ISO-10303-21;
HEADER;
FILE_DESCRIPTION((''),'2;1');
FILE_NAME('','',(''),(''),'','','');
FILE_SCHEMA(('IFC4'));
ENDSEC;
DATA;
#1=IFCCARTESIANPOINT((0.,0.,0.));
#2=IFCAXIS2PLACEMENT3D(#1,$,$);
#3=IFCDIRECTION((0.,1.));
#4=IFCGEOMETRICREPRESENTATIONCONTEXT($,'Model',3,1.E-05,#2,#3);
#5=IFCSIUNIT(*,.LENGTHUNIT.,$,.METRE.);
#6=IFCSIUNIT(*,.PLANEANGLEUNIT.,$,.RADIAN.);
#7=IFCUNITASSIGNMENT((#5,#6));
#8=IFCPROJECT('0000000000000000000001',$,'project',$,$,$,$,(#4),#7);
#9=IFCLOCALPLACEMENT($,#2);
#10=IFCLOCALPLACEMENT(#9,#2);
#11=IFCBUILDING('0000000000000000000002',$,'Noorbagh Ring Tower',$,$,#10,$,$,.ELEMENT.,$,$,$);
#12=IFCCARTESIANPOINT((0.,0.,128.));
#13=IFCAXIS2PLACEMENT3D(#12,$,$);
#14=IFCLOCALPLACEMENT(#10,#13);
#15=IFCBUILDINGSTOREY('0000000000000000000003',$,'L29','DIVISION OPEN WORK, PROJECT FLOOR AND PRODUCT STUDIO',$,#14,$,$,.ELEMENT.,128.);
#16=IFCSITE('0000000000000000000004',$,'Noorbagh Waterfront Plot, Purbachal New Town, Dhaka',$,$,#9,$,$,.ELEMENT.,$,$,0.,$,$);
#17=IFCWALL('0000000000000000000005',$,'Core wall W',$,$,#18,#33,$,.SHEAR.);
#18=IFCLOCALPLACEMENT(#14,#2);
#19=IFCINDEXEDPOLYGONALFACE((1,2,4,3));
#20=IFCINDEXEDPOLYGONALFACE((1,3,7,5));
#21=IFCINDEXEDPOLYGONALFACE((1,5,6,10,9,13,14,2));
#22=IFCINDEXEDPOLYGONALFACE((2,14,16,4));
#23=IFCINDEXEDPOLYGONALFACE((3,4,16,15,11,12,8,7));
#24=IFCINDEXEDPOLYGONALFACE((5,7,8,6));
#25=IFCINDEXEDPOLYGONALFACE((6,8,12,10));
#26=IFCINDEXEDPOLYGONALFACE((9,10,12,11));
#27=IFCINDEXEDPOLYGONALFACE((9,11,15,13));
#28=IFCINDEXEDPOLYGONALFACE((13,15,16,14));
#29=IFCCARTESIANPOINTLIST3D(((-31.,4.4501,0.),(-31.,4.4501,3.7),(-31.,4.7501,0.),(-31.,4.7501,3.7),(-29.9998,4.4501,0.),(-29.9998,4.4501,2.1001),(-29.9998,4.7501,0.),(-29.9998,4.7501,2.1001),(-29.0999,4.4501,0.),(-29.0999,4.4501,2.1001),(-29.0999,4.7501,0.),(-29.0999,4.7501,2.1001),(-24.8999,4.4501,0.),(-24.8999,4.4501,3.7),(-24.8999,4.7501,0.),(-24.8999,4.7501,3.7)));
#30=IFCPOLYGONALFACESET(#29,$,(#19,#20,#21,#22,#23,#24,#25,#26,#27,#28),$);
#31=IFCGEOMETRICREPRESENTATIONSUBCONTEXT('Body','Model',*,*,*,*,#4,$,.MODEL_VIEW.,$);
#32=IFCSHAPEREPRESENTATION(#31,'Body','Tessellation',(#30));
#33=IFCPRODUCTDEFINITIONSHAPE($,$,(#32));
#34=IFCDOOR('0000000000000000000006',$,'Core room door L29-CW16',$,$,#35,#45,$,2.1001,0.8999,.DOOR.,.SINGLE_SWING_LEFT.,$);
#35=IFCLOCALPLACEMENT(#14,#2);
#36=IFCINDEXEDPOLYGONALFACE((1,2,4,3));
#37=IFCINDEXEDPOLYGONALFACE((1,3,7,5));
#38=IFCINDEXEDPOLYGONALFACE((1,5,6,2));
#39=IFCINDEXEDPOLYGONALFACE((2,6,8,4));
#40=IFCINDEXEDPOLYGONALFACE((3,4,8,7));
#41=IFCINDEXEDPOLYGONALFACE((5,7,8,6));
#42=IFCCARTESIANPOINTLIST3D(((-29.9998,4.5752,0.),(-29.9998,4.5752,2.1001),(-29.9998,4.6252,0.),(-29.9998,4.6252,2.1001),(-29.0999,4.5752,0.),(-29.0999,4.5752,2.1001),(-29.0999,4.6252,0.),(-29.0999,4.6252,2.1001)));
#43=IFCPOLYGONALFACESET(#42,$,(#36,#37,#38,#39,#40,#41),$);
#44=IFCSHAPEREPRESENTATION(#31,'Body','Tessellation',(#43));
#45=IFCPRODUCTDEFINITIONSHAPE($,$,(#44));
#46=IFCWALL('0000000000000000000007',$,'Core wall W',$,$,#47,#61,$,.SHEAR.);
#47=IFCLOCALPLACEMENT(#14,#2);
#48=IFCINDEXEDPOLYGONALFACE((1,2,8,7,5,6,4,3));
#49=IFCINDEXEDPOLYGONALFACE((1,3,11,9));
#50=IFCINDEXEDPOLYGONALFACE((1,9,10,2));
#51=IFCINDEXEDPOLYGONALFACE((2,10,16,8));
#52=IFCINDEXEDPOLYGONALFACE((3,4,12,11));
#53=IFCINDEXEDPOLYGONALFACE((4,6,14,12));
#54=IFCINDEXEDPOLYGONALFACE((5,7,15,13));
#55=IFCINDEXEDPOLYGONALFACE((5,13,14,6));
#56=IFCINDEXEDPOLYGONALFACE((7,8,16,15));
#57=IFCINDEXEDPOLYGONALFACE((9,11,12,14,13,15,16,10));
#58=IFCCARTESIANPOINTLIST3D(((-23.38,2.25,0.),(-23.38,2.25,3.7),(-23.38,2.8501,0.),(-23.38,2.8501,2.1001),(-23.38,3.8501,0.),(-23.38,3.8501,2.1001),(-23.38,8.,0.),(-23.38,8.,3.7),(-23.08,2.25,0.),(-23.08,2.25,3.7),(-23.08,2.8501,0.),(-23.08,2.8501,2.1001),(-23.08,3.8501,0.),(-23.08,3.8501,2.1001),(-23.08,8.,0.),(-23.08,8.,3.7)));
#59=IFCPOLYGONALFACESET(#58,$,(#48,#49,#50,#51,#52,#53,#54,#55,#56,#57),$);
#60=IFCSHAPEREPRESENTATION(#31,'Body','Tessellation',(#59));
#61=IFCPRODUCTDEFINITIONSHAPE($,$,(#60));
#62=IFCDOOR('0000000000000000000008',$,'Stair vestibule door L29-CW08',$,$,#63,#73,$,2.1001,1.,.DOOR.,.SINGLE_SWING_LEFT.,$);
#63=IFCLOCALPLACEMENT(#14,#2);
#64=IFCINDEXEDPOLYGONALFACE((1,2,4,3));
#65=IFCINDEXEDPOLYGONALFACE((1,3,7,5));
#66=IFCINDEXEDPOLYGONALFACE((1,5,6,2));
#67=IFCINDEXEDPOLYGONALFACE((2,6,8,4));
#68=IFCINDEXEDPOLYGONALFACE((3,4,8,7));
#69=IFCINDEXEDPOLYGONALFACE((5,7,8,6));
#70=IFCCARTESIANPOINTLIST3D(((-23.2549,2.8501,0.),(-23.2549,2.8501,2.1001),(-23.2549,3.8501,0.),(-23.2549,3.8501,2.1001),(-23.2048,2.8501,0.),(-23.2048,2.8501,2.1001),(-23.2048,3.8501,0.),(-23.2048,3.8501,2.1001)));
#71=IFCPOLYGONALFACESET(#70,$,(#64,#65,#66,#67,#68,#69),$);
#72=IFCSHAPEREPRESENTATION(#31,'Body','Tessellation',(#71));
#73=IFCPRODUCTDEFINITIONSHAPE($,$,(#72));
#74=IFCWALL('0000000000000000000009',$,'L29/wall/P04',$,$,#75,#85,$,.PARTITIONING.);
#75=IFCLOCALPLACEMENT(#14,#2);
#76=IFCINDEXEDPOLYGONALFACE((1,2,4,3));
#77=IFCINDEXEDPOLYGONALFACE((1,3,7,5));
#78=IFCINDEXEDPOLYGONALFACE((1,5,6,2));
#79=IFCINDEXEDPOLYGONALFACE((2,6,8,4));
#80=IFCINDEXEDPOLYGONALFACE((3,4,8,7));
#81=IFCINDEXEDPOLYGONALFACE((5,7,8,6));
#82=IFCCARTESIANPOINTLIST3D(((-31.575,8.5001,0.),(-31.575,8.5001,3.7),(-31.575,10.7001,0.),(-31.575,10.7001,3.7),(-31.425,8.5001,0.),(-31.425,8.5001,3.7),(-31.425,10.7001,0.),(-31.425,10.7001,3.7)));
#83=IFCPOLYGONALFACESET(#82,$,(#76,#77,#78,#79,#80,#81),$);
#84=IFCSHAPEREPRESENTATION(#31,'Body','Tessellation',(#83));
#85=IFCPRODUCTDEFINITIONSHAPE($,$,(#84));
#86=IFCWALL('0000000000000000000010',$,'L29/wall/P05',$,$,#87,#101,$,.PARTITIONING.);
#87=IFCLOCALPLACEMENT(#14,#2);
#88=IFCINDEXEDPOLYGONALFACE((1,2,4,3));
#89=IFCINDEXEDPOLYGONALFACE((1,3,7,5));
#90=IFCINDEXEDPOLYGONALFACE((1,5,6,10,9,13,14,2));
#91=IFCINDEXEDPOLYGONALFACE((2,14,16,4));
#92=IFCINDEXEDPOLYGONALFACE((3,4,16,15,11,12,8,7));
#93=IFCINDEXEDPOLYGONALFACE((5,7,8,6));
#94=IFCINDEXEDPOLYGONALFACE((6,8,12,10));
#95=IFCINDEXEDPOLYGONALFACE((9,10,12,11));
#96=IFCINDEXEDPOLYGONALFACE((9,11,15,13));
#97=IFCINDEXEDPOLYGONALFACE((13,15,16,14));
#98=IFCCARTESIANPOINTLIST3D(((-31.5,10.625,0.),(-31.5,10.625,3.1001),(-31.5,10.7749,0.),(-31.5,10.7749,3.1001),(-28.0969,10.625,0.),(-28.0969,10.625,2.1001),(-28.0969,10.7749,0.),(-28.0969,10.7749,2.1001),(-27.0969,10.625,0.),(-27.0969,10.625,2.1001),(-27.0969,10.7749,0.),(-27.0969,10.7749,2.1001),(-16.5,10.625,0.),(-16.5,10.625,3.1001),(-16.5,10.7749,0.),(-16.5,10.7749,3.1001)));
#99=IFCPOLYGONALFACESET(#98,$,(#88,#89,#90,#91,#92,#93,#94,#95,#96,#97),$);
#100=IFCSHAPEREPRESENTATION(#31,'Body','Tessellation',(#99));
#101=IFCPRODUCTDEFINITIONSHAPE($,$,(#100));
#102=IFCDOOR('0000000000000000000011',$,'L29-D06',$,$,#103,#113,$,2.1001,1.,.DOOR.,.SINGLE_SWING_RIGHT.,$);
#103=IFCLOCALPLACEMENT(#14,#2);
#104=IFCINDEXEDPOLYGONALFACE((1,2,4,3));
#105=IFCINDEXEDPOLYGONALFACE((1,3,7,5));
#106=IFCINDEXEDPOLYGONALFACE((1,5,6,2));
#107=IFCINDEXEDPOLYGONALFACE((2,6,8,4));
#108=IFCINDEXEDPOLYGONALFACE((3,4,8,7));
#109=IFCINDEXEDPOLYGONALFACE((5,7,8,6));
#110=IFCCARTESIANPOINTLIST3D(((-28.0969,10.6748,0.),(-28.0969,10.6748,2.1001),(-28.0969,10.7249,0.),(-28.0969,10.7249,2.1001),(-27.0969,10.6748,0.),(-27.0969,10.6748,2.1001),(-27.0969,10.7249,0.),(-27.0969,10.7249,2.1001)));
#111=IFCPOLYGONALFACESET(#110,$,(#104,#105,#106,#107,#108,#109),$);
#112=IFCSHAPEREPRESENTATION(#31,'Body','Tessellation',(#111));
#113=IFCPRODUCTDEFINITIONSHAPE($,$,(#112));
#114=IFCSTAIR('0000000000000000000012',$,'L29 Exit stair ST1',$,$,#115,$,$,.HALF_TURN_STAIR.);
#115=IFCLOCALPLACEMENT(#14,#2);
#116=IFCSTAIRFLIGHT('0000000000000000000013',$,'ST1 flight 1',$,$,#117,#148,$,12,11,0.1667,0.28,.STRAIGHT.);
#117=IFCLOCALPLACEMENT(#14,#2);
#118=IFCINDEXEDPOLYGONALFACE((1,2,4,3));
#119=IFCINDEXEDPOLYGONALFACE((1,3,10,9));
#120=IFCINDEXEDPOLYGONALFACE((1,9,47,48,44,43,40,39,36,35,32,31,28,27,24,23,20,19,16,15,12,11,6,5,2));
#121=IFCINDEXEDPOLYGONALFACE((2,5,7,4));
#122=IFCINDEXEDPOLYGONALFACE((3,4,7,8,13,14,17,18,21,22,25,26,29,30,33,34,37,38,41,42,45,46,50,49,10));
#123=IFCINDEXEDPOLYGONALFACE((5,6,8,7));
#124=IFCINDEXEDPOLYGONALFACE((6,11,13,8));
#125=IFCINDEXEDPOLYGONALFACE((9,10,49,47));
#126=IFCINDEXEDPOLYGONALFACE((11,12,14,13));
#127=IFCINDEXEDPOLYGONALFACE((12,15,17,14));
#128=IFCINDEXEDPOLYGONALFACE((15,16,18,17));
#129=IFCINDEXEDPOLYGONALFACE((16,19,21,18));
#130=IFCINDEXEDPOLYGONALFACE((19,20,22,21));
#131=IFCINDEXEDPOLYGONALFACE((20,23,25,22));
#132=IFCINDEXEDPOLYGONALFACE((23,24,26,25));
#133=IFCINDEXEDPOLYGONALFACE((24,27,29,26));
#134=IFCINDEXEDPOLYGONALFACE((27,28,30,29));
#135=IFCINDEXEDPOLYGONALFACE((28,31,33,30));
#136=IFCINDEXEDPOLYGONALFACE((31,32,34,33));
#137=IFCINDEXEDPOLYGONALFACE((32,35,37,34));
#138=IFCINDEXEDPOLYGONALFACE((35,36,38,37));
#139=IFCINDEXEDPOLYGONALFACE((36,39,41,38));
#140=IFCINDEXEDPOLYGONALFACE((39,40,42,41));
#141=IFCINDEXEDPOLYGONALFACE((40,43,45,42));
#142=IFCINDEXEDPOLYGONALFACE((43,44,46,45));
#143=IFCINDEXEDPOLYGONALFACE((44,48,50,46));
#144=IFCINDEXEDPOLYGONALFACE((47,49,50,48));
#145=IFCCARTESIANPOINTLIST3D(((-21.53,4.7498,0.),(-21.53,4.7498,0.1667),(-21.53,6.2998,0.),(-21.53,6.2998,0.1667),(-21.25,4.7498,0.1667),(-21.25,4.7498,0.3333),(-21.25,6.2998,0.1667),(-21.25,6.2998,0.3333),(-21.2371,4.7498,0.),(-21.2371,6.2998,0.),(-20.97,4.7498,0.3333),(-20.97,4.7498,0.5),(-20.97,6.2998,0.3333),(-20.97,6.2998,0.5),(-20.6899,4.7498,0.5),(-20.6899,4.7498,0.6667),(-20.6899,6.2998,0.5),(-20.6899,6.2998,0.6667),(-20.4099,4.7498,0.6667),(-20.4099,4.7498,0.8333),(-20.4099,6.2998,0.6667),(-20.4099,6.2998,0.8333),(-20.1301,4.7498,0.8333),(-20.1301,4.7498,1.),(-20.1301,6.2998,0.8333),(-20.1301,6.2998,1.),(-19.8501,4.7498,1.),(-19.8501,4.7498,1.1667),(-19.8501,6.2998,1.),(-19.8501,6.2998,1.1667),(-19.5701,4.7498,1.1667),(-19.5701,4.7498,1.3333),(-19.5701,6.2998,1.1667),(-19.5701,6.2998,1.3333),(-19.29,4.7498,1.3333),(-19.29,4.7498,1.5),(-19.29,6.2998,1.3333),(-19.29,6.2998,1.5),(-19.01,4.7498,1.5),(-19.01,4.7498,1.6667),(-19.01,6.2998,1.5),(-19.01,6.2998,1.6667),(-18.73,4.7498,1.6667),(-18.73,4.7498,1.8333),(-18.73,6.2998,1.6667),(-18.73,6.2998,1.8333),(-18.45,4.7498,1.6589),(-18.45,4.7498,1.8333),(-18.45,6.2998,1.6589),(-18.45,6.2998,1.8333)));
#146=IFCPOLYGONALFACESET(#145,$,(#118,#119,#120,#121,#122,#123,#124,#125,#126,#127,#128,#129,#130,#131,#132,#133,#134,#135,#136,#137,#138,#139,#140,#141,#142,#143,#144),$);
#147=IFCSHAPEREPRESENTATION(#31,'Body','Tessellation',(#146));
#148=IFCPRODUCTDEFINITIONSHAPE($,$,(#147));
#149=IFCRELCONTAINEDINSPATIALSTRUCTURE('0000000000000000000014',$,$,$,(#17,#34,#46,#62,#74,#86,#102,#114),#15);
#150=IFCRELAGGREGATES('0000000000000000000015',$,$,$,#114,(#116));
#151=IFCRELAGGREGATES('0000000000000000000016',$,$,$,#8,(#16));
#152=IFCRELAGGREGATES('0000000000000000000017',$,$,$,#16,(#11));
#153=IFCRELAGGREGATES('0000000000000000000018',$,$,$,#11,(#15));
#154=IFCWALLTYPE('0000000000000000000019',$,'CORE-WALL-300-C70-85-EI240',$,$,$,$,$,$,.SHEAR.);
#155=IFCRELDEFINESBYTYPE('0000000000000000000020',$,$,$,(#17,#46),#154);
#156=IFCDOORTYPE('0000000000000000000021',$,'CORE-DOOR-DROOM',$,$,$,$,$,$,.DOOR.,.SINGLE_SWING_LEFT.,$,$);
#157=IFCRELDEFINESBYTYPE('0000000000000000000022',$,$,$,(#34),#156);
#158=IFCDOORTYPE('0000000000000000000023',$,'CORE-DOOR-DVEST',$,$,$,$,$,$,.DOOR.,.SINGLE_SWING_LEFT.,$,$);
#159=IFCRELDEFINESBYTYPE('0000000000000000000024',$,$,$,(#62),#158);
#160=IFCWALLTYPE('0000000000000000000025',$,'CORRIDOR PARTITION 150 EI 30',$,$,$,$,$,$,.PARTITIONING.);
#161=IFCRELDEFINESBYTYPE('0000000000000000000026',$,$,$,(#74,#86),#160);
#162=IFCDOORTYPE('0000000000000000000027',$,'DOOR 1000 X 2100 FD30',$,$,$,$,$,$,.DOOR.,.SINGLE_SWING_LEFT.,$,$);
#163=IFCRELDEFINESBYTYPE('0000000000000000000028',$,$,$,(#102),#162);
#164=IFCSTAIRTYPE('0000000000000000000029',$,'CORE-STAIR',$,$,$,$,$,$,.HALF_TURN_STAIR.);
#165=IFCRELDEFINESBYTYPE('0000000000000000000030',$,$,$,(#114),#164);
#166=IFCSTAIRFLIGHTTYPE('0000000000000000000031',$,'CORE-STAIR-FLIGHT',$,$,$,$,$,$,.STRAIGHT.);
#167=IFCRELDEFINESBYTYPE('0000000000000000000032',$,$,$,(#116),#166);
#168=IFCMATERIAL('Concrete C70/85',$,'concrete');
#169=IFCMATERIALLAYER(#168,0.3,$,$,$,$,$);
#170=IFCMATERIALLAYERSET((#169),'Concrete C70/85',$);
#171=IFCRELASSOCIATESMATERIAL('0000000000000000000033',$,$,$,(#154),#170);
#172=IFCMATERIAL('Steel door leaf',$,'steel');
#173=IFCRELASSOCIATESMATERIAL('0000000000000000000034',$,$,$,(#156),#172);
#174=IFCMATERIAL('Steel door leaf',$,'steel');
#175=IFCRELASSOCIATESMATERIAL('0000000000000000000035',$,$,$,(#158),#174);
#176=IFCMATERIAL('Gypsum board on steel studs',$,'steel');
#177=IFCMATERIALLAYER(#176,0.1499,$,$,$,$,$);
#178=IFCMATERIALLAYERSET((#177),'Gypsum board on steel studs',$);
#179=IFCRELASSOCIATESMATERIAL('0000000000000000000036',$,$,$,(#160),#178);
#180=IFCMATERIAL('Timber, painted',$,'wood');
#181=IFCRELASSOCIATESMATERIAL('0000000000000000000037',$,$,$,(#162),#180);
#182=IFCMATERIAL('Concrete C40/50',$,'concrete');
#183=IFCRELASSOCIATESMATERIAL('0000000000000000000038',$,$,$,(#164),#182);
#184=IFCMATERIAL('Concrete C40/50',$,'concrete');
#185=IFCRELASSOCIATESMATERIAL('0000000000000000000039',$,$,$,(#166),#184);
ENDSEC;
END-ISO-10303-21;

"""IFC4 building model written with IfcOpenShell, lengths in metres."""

from ifc_helpers import new_model, si_unit, direction, frame, frame_2d, origin, place, context, subcontext, project, spatial, polyline, rectangle, outline, extrude, material, layer, layer_set, type_object, element, fill, aggregate, save


model = new_model("IFC4")

# Units and contexts
model_context = context("Model", 3, precision=1e-05, world=origin(), true_north=direction((0.0, 1.0)))
body_context = subcontext(model_context, "Body", "Model", "MODEL_VIEW")
ifc_project = project(units=[si_unit("LENGTHUNIT", "METRE"), si_unit("PLANEANGLEUNIT", "RADIAN")], contexts=[model_context])

# Site, building, storey
site_placement = place(None, origin())
site = spatial("IfcSite", under=ifc_project, at=site_placement, Name="Noorbagh Waterfront Plot, Purbachal New Town, Dhaka", CompositionType="ELEMENT", RefElevation=0.0)
building_placement = place(site_placement, origin())
building = spatial("IfcBuilding", under=site, at=building_placement, Name="Noorbagh Ring Tower", CompositionType="ELEMENT")
storey_placement = place(building_placement, frame((0.0, 0.0, 128.0)))
storey = spatial("IfcBuildingStorey", under=building, at=storey_placement, Name="L29", Description="DIVISION OPEN WORK, PROJECT FLOOR AND PRODUCT STUDIO", CompositionType="ELEMENT", Elevation=128.0)

# Walls, openings, doors
ifc_material_1 = material(Name="Concrete C70/85", Category="concrete")
ifc_layer_1 = layer(ifc_material_1, 0.3)
ifc_layer_set_1 = layer_set([ifc_layer_1], Name="Concrete C70/85")
wall_type_1 = type_object("IfcWallType", Name="CORE-WALL-300-C70-85-EI240", PredefinedType="SHEAR", material=ifc_layer_set_1)
wall_1_placement = place(storey_placement, frame((-24.8999, 4.6001, 0.0), z_axis=(0.0, 0.0, 1.0), x_axis=(-1.0, 0.0, 0.0)))
wall_1 = element("IfcWall", 1, at=wall_1_placement, inside=storey, type_object=wall_type_1, Name="Core wall W", PredefinedType="SHEAR", context=body_context, shape_type="SweptSolid", body=[
    extrude(rectangle(XDim=6.1001, YDim=0.3, at=frame_2d((3.05, 0.0))), origin(), (0.0, 0.0, 1.0), 3.7),
])
opening_1_placement = place(wall_1_placement, frame((4.2, 0.0, 0.0)))
opening_1 = element("IfcOpeningElement", 2, at=opening_1_placement, cuts=wall_1, PredefinedType="OPENING", context=body_context, shape_type="SweptSolid", body=[
    extrude(rectangle(XDim=0.8999, YDim=2.1001, at=frame_2d((0.45, 1.05))), frame((0.0, 0.1602, 0.0), z_axis=(0.0, -1.0, 0.0), x_axis=(1.0, 0.0, 0.0)), (0.0, 0.0, 1.0), 0.3201),
])
ifc_material_2 = material(Name="Steel door leaf", Category="steel")
door_type_1 = type_object("IfcDoorType", Name="CORE-DOOR-DROOM", OperationType="SINGLE_SWING_LEFT", PredefinedType="DOOR", material=ifc_material_2)
door_1_placement = place(opening_1_placement, origin())
door_1 = element("IfcDoor", 3, at=door_1_placement, inside=storey, type_object=door_type_1, Name="Core room door L29-CW16", OperationType="SINGLE_SWING_LEFT", OverallHeight=2.1001, OverallWidth=0.8999, PredefinedType="DOOR", context=body_context, shape_type="SweptSolid", body=[
    extrude(rectangle(XDim=0.8999, YDim=2.1001, at=frame_2d((0.45, 1.05))), frame((0.0, 0.0249, 0.0), z_axis=(0.0, -1.0, 0.0), x_axis=(1.0, 0.0, 0.0)), (0.0, 0.0, 1.0), 0.05),
])
fill(opening_1, door_1)
wall_2_placement = place(storey_placement, frame((-23.23, 2.25, 0.0), z_axis=(0.0, 0.0, 1.0), x_axis=(0.0, 1.0, 0.0)))
wall_2 = element("IfcWall", 4, at=wall_2_placement, inside=storey, type_object=wall_type_1, Name="Core wall W", PredefinedType="SHEAR", context=body_context, shape_type="SweptSolid", body=[
    extrude(rectangle(XDim=5.75, YDim=0.3, at=frame_2d((2.875, 0.0))), origin(), (0.0, 0.0, 1.0), 3.7),
])
opening_2_placement = place(wall_2_placement, frame((0.6001, 0.0, 0.0)))
opening_2 = element("IfcOpeningElement", 5, at=opening_2_placement, cuts=wall_2, PredefinedType="OPENING", context=body_context, shape_type="SweptSolid", body=[
    extrude(rectangle(XDim=1.0, YDim=2.1001, at=frame_2d((0.5, 1.05))), frame((0.0, 0.1602, 0.0), z_axis=(0.0, -1.0, 0.0), x_axis=(1.0, 0.0, 0.0)), (0.0, 0.0, 1.0), 0.3201),
])
ifc_material_3 = material(Name="Steel door leaf", Category="steel")
door_type_2 = type_object("IfcDoorType", Name="CORE-DOOR-DVEST", OperationType="SINGLE_SWING_LEFT", PredefinedType="DOOR", material=ifc_material_3)
door_2_placement = place(opening_2_placement, origin())
door_2 = element("IfcDoor", 6, at=door_2_placement, inside=storey, type_object=door_type_2, Name="Stair vestibule door L29-CW08", OperationType="SINGLE_SWING_LEFT", OverallHeight=2.1001, OverallWidth=1.0, PredefinedType="DOOR", context=body_context, shape_type="SweptSolid", body=[
    extrude(rectangle(XDim=1.0, YDim=2.1001, at=frame_2d((0.5, 1.05))), frame((0.0, 0.0249, 0.0), z_axis=(0.0, -1.0, 0.0), x_axis=(1.0, 0.0, 0.0)), (0.0, 0.0, 1.0), 0.05),
])
fill(opening_2, door_2)

# Wall
ifc_material_4 = material(Name="Gypsum board on steel studs", Category="steel")
ifc_layer_2 = layer(ifc_material_4, 0.1499)
ifc_layer_set_2 = layer_set([ifc_layer_2], Name="Gypsum board on steel studs")
wall_type_2 = type_object("IfcWallType", Name="CORRIDOR PARTITION 150 EI 30", PredefinedType="PARTITIONING", material=ifc_layer_set_2)
wall_3_placement = place(storey_placement, frame((-31.5, 8.5, 0.0), z_axis=(0.0, 0.0, 1.0), x_axis=(0.0, 1.0, 0.0)))
element("IfcWall", 7, at=wall_3_placement, inside=storey, type_object=wall_type_2, Name="L29/wall/P04", PredefinedType="PARTITIONING", context=body_context, shape_type="SweptSolid", body=[
    extrude(rectangle(XDim=2.2, YDim=0.1499, at=frame_2d((1.1001, 0.0))), origin(), (0.0, 0.0, 1.0), 3.7),
])

# Wall, opening, door
wall_4_placement = place(storey_placement, frame((-31.5, 10.7, 0.0), z_axis=(0.0, 0.0, 1.0), x_axis=(1.0, 0.0, 0.0)))
wall_4 = element("IfcWall", 8, at=wall_4_placement, inside=storey, type_object=wall_type_2, Name="L29/wall/P05", PredefinedType="PARTITIONING", context=body_context, shape_type="SweptSolid", body=[
    extrude(rectangle(XDim=15.0, YDim=0.1499, at=frame_2d((7.5, 0.0))), origin(), (0.0, 0.0, 1.0), 3.1001),
])
opening_3_placement = place(wall_4_placement, frame((3.4031, 0.0, 0.0)))
opening_3 = element("IfcOpeningElement", 9, at=opening_3_placement, cuts=wall_4, PredefinedType="OPENING", context=body_context, shape_type="SweptSolid", body=[
    extrude(rectangle(XDim=1.0, YDim=2.1001, at=frame_2d((0.5, 1.05))), frame((0.0, 0.085, 0.0), z_axis=(0.0, -1.0, 0.0), x_axis=(1.0, 0.0, 0.0)), (0.0, 0.0, 1.0), 0.1699),
])
ifc_material_5 = material(Name="Timber, painted", Category="wood")
door_type_3 = type_object("IfcDoorType", Name="DOOR 1000 X 2100 FD30", OperationType="SINGLE_SWING_LEFT", PredefinedType="DOOR", material=ifc_material_5)
door_3_placement = place(opening_3_placement, origin())
door_3 = element("IfcDoor", 10, at=door_3_placement, inside=storey, type_object=door_type_3, Name="L29-D06", OperationType="SINGLE_SWING_RIGHT", OverallHeight=2.1001, OverallWidth=1.0, PredefinedType="DOOR", context=body_context, shape_type="SweptSolid", body=[
    extrude(rectangle(XDim=1.0, YDim=2.1001, at=frame_2d((0.5, 1.05))), frame((0.0, 0.0249, 0.0), z_axis=(0.0, -1.0, 0.0), x_axis=(1.0, 0.0, 0.0)), (0.0, 0.0, 1.0), 0.05),
])
fill(opening_3, door_3)

# Stair, stair flight
ifc_material_6 = material(Name="Concrete C40/50", Category="concrete")
stair_type = type_object("IfcStairType", Name="CORE-STAIR", PredefinedType="HALF_TURN_STAIR", material=ifc_material_6)
stair_placement = place(storey_placement, origin())
stair = element("IfcStair", 11, at=stair_placement, inside=storey, type_object=stair_type, Name="L29 Exit stair ST1", PredefinedType="HALF_TURN_STAIR")
ifc_material_7 = material(Name="Concrete C40/50", Category="concrete")
stair_flight_type = type_object("IfcStairFlightType", Name="CORE-STAIR-FLIGHT", PredefinedType="STRAIGHT", material=ifc_material_7)
stair_flight_1_placement = place(storey_placement, frame((-21.53, 5.5249, 0.0), z_axis=(0.0, 0.0, 1.0), x_axis=(1.0, 0.0, 0.0)))
stair_flight_1 = element("IfcStairFlight", 12, at=stair_flight_1_placement, type_object=stair_flight_type, Name="ST1 flight 1", NumberOfRisers=12, NumberOfTreads=11, PredefinedType="STRAIGHT", RiserHeight=0.1667, TreadLength=0.28, context=body_context, shape_type="SweptSolid", body=[
    extrude(outline(polyline([(0.0, 0.0), (0.0, 0.1667), (0.28, 0.1667), (0.28, 0.3333), (0.5601, 0.3333), (0.5601, 0.5), (0.8401, 0.5), (0.8401, 0.6667), (1.1201, 0.6667), (1.1201, 0.8333), (1.3999, 0.8333), (1.3999, 1.0), (1.6799, 1.0), (1.6799, 1.1667), (1.96, 1.1667), (1.96, 1.3333), (2.24, 1.3333), (2.24, 1.5), (2.52, 1.5), (2.52, 1.6667), (2.8, 1.6667), (2.8, 1.8333), (3.0801, 1.8333), (3.0801, 2.0), (3.0801, 1.6589), (0.293, 0.0), (0.0, 0.0)])), frame((0.0, 0.7749, 0.0), z_axis=(0.0, -1.0, 0.0), x_axis=(1.0, 0.0, 0.0)), (0.0, 0.0, 1.0), 1.55),
])
aggregate(stair, [stair_flight_1])

save(model, "model.ifc")
